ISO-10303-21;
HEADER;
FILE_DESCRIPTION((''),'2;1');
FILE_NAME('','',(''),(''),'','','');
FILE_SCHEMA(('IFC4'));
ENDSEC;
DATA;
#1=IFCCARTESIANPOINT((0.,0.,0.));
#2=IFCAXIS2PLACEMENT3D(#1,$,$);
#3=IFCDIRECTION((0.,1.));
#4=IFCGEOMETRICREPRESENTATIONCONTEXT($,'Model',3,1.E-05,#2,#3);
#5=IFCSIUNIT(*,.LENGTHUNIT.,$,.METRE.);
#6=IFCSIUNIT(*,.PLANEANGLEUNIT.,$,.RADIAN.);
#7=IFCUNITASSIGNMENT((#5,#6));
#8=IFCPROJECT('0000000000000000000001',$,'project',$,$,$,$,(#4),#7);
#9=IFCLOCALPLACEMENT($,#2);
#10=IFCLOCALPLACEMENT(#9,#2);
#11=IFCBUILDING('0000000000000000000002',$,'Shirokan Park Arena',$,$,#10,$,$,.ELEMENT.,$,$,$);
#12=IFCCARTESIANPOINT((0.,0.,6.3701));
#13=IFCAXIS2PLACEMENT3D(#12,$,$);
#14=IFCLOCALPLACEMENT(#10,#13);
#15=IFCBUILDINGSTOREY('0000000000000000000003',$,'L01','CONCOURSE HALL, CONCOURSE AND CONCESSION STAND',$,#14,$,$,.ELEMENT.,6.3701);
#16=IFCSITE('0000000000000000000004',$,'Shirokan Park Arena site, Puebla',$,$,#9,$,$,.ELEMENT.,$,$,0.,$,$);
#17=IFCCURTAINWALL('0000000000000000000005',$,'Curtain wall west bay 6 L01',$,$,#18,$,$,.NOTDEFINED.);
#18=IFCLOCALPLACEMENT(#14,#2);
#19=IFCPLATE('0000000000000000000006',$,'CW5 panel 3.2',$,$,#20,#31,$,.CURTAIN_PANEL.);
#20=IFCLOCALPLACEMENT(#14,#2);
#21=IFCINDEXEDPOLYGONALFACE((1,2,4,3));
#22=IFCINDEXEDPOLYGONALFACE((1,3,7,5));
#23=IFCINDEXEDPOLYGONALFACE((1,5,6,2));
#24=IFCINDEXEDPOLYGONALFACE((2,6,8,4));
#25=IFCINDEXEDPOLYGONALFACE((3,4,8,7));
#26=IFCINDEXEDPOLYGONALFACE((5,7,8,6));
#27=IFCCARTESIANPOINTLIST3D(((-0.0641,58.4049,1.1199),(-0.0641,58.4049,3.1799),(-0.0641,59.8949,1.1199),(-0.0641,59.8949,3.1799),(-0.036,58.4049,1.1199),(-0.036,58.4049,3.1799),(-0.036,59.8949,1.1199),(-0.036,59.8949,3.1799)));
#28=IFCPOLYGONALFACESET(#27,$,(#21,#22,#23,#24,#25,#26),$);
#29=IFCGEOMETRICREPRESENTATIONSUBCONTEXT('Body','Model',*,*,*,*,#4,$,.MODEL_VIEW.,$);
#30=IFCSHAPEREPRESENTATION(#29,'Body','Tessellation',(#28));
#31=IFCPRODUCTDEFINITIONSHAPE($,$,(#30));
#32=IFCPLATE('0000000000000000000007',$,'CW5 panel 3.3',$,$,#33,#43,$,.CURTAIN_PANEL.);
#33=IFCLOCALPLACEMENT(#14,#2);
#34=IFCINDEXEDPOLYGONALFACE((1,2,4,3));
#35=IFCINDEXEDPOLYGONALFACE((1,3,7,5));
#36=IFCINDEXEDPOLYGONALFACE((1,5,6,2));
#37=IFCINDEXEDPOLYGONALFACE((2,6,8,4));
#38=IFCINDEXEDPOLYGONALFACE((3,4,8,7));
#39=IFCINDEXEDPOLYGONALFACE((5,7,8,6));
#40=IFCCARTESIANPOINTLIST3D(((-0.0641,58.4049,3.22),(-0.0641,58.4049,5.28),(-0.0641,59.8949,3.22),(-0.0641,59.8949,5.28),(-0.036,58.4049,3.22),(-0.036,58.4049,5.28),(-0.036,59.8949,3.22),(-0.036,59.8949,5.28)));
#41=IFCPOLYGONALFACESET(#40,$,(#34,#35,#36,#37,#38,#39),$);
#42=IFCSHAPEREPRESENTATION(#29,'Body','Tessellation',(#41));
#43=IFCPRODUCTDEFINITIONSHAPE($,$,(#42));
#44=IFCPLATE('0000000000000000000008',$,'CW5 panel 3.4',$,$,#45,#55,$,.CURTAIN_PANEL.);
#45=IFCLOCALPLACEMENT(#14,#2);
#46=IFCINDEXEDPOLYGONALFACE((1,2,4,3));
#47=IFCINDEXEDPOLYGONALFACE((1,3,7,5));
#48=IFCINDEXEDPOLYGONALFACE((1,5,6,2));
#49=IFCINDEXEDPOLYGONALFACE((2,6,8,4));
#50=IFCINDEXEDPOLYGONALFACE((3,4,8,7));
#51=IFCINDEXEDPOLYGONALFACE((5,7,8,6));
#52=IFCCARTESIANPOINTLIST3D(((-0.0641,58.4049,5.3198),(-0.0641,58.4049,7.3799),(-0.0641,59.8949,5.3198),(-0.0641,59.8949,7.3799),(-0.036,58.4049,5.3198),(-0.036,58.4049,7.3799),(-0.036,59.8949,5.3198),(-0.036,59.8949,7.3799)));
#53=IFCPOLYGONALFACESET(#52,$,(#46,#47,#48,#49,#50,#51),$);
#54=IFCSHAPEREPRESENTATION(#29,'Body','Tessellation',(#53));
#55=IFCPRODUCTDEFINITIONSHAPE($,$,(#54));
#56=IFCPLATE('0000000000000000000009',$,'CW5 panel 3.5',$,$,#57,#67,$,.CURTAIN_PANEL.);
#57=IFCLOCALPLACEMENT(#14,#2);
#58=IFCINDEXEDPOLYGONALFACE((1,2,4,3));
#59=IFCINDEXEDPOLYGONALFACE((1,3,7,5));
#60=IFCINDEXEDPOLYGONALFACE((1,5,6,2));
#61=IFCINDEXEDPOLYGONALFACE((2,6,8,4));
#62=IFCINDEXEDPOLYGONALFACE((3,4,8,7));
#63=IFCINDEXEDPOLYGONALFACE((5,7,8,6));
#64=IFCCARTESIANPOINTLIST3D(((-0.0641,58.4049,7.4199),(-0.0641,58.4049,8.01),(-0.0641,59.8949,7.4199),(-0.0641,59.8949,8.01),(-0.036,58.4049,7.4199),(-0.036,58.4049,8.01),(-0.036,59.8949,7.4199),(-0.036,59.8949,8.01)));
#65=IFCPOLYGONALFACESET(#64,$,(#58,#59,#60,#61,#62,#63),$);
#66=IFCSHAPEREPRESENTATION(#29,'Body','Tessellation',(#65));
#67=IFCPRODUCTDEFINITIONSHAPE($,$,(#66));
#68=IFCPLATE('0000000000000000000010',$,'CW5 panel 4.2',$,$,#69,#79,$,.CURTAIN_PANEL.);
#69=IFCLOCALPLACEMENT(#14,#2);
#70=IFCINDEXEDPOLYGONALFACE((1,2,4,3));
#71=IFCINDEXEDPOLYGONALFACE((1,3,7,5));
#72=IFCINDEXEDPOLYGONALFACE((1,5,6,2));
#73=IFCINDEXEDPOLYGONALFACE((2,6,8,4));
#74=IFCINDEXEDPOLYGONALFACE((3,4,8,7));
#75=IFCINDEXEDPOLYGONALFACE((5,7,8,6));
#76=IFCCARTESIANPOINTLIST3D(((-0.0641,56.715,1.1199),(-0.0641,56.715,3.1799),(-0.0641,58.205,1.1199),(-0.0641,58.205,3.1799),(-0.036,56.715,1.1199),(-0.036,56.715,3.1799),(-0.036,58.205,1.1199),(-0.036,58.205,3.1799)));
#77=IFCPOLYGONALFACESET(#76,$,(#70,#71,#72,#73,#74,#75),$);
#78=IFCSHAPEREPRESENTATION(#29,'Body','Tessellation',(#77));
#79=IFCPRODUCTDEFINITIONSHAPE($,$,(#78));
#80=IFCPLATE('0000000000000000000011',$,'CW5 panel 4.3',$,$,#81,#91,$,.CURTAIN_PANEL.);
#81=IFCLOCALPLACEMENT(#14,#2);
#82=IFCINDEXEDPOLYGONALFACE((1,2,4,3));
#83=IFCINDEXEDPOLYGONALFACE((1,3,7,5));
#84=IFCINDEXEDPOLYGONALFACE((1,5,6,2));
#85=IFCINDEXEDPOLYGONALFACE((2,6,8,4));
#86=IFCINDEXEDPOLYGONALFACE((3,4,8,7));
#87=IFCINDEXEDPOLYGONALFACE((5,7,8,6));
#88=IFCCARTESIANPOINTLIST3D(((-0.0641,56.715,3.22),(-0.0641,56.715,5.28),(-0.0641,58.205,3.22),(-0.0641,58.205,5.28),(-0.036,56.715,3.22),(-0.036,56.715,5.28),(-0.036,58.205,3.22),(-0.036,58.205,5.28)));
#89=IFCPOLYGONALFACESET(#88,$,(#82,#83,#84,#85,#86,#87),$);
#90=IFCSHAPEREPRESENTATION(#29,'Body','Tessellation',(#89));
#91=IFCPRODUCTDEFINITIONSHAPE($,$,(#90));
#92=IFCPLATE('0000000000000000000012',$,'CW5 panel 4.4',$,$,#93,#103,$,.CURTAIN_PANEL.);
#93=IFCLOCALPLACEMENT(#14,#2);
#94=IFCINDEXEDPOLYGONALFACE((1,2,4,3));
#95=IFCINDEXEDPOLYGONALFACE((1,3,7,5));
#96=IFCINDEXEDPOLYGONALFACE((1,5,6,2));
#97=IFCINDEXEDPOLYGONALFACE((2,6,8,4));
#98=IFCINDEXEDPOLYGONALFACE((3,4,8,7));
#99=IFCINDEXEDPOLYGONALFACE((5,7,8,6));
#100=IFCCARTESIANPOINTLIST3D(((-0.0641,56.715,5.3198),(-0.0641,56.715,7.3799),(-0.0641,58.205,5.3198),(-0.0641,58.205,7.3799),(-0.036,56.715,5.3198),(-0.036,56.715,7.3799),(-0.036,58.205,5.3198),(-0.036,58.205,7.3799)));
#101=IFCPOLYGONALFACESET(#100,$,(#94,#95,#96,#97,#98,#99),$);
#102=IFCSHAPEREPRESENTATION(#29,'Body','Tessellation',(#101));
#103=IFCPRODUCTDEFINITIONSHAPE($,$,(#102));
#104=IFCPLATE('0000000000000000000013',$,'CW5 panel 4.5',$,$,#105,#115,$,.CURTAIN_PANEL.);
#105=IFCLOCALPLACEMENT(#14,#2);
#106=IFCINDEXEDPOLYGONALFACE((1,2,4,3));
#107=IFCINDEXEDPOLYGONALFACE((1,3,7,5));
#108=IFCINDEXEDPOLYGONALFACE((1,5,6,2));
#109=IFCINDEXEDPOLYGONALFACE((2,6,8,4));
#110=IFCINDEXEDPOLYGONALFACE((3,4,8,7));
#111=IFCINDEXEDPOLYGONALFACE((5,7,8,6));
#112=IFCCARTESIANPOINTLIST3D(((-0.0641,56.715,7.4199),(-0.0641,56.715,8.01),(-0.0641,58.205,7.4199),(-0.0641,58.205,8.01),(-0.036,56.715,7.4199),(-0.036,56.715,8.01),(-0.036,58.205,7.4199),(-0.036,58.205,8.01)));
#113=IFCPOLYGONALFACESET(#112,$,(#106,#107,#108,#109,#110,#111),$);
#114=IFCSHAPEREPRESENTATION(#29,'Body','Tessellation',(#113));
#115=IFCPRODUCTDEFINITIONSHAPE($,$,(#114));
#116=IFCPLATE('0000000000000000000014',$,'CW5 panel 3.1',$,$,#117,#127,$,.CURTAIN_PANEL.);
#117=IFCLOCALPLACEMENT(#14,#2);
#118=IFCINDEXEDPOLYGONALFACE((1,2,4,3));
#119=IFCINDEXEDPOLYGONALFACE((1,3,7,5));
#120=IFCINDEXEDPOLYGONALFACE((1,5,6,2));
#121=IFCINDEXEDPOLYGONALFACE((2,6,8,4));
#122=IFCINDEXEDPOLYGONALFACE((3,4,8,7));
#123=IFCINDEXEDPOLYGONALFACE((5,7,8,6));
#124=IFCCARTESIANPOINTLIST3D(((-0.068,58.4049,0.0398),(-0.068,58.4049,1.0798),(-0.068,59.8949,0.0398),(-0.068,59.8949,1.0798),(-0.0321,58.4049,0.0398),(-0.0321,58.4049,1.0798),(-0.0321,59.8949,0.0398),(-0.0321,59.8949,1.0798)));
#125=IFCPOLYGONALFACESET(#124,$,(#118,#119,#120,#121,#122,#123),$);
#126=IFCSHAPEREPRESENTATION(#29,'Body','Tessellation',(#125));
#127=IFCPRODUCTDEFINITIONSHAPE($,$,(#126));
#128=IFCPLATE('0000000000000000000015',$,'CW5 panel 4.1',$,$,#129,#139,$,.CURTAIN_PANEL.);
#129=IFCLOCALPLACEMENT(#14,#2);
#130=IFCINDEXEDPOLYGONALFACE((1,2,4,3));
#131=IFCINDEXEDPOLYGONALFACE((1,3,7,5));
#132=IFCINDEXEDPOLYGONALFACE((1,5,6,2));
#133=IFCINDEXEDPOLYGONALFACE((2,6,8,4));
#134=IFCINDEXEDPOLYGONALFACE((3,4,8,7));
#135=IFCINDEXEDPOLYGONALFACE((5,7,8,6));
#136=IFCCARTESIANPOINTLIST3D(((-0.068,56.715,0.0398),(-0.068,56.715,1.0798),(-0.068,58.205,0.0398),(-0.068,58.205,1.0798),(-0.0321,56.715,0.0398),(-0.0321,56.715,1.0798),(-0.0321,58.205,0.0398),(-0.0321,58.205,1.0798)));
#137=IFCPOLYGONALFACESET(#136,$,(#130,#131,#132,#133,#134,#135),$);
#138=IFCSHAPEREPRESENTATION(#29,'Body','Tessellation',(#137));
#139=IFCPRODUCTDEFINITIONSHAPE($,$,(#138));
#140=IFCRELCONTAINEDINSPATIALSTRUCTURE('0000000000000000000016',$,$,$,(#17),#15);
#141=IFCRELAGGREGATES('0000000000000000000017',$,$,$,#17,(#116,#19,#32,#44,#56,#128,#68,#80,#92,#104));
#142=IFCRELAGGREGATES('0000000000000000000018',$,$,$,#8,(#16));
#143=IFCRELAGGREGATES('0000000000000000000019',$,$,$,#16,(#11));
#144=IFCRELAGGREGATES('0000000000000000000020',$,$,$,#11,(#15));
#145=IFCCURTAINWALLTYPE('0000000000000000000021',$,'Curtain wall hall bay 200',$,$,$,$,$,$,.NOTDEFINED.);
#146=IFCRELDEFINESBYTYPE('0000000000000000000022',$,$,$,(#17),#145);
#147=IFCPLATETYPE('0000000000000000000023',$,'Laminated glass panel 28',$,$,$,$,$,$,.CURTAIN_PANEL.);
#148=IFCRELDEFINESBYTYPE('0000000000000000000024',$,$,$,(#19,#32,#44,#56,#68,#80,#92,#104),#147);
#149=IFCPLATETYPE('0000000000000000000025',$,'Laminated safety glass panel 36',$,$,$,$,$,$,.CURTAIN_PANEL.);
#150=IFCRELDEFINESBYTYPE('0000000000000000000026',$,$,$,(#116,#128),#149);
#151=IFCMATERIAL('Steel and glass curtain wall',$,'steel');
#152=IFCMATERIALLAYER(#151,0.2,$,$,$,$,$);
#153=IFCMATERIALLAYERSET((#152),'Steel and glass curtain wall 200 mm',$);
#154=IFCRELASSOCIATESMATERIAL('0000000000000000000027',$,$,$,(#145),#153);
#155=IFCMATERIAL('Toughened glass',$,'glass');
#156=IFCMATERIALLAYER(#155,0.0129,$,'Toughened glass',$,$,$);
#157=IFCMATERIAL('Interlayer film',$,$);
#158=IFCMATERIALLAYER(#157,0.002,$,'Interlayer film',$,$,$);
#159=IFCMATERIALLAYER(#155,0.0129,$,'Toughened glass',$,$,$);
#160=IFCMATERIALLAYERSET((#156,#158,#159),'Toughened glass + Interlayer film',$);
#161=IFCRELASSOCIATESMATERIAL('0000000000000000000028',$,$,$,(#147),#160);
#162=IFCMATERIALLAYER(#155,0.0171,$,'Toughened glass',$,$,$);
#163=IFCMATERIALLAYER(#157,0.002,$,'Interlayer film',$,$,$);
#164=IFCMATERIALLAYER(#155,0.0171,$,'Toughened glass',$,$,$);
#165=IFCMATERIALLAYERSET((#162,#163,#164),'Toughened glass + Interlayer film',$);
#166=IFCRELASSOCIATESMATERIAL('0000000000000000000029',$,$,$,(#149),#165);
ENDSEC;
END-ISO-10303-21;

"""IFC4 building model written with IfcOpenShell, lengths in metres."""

from ifc_helpers import new_model, si_unit, direction, frame, origin, origin_2d, place, context, subcontext, project, spatial, rectangle, extrude, material, layer, layer_set, type_object, element, aggregate, save


model = new_model("IFC4")

# Units and contexts
model_context = context("Model", 3, precision=1e-05, world=origin(), true_north=direction((0.0, 1.0)))
body_context = subcontext(model_context, "Body", "Model", "MODEL_VIEW")
ifc_project = project(units=[si_unit("LENGTHUNIT", "METRE"), si_unit("PLANEANGLEUNIT", "RADIAN")], contexts=[model_context])

# Site, building, storey
site_placement = place(None, origin())
site = spatial("IfcSite", under=ifc_project, at=site_placement, Name="Shirokan Park Arena site, Puebla", CompositionType="ELEMENT", RefElevation=0.0)
building_placement = place(site_placement, origin())
building = spatial("IfcBuilding", under=site, at=building_placement, Name="Shirokan Park Arena", CompositionType="ELEMENT")
storey_placement = place(building_placement, frame((0.0, 0.0, 6.3701)))
storey = spatial("IfcBuildingStorey", under=building, at=storey_placement, Name="L01", Description="CONCOURSE HALL, CONCOURSE AND CONCESSION STAND", CompositionType="ELEMENT", Elevation=6.3701)

# Curtain wall, plates
ifc_material_1 = material(Name="Steel and glass curtain wall", Category="steel")
ifc_layer_1 = layer(ifc_material_1, 0.2)
ifc_layer_set_1 = layer_set([ifc_layer_1], Name="Steel and glass curtain wall 200 mm")
curtain_wall_type = type_object("IfcCurtainWallType", Name="Curtain wall hall bay 200", PredefinedType="NOTDEFINED", material=ifc_layer_set_1)
curtain_wall_placement = place(storey_placement, origin())
curtain_wall = element("IfcCurtainWall", 1, at=curtain_wall_placement, inside=storey, type_object=curtain_wall_type, Name="Curtain wall west bay 6 L01", PredefinedType="NOTDEFINED")
ifc_material_2 = material(Name="Toughened glass", Category="glass")
ifc_layer_2 = layer(ifc_material_2, 0.0129, Name="Toughened glass")
ifc_material_3 = material(Name="Interlayer film")
ifc_layer_3 = layer(ifc_material_3, 0.002, Name="Interlayer film")
ifc_layer_4 = layer(ifc_material_2, 0.0129, Name="Toughened glass")
ifc_layer_set_2 = layer_set([ifc_layer_2, ifc_layer_3, ifc_layer_4], Name="Toughened glass + Interlayer film")
plate_type_1 = type_object("IfcPlateType", Name="Laminated glass panel 28", PredefinedType="CURTAIN_PANEL", material=ifc_layer_set_2)
plate_1_placement = place(storey_placement, frame((-0.05, 59.1499, 1.1199), z_axis=(0.0, 0.0, 1.0), x_axis=(0.0, -1.0, 0.0)))
plate_1 = element("IfcPlate", 2, at=plate_1_placement, type_object=plate_type_1, Name="CW5 panel 3.2", PredefinedType="CURTAIN_PANEL", context=body_context, shape_type="SweptSolid", body=[
    extrude(rectangle(XDim=1.49, YDim=0.0281, at=origin_2d()), origin(), (0.0, 0.0, 1.0), 2.0601),
])
plate_2_placement = place(storey_placement, frame((-0.05, 59.1499, 3.22), z_axis=(0.0, 0.0, 1.0), x_axis=(0.0, -1.0, 0.0)))
plate_2 = element("IfcPlate", 3, at=plate_2_placement, type_object=plate_type_1, Name="CW5 panel 3.3", PredefinedType="CURTAIN_PANEL", context=body_context, shape_type="SweptSolid", body=[
    extrude(rectangle(XDim=1.49, YDim=0.0281, at=origin_2d()), origin(), (0.0, 0.0, 1.0), 2.0601),
])
plate_3_placement = place(storey_placement, frame((-0.05, 59.1499, 5.3198), z_axis=(0.0, 0.0, 1.0), x_axis=(0.0, -1.0, 0.0)))
plate_3 = element("IfcPlate", 4, at=plate_3_placement, type_object=plate_type_1, Name="CW5 panel 3.4", PredefinedType="CURTAIN_PANEL", context=body_context, shape_type="SweptSolid", body=[
    extrude(rectangle(XDim=1.49, YDim=0.0281, at=origin_2d()), origin(), (0.0, 0.0, 1.0), 2.0601),
])
plate_4_placement = place(storey_placement, frame((-0.05, 59.1499, 7.4199), z_axis=(0.0, 0.0, 1.0), x_axis=(0.0, -1.0, 0.0)))
plate_4 = element("IfcPlate", 5, at=plate_4_placement, type_object=plate_type_1, Name="CW5 panel 3.5", PredefinedType="CURTAIN_PANEL", context=body_context, shape_type="SweptSolid", body=[
    extrude(rectangle(XDim=1.49, YDim=0.0281, at=origin_2d()), origin(), (0.0, 0.0, 1.0), 0.5901),
])
plate_5_placement = place(storey_placement, frame((-0.05, 57.46, 1.1199), z_axis=(0.0, 0.0, 1.0), x_axis=(0.0, -1.0, 0.0)))
plate_5 = element("IfcPlate", 6, at=plate_5_placement, type_object=plate_type_1, Name="CW5 panel 4.2", PredefinedType="CURTAIN_PANEL", context=body_context, shape_type="SweptSolid", body=[
    extrude(rectangle(XDim=1.49, YDim=0.0281, at=origin_2d()), origin(), (0.0, 0.0, 1.0), 2.0601),
])
plate_6_placement = place(storey_placement, frame((-0.05, 57.46, 3.22), z_axis=(0.0, 0.0, 1.0), x_axis=(0.0, -1.0, 0.0)))
plate_6 = element("IfcPlate", 7, at=plate_6_placement, type_object=plate_type_1, Name="CW5 panel 4.3", PredefinedType="CURTAIN_PANEL", context=body_context, shape_type="SweptSolid", body=[
    extrude(rectangle(XDim=1.49, YDim=0.0281, at=origin_2d()), origin(), (0.0, 0.0, 1.0), 2.0601),
])
plate_7_placement = place(storey_placement, frame((-0.05, 57.46, 5.3198), z_axis=(0.0, 0.0, 1.0), x_axis=(0.0, -1.0, 0.0)))
plate_7 = element("IfcPlate", 8, at=plate_7_placement, type_object=plate_type_1, Name="CW5 panel 4.4", PredefinedType="CURTAIN_PANEL", context=body_context, shape_type="SweptSolid", body=[
    extrude(rectangle(XDim=1.49, YDim=0.0281, at=origin_2d()), origin(), (0.0, 0.0, 1.0), 2.0601),
])
plate_8_placement = place(storey_placement, frame((-0.05, 57.46, 7.4199), z_axis=(0.0, 0.0, 1.0), x_axis=(0.0, -1.0, 0.0)))
plate_8 = element("IfcPlate", 9, at=plate_8_placement, type_object=plate_type_1, Name="CW5 panel 4.5", PredefinedType="CURTAIN_PANEL", context=body_context, shape_type="SweptSolid", body=[
    extrude(rectangle(XDim=1.49, YDim=0.0281, at=origin_2d()), origin(), (0.0, 0.0, 1.0), 0.5901),
])
ifc_layer_5 = layer(ifc_material_2, 0.0171, Name="Toughened glass")
ifc_layer_6 = layer(ifc_material_3, 0.002, Name="Interlayer film")
ifc_layer_7 = layer(ifc_material_2, 0.0171, Name="Toughened glass")
ifc_layer_set_3 = layer_set([ifc_layer_5, ifc_layer_6, ifc_layer_7], Name="Toughened glass + Interlayer film")
plate_type_2 = type_object("IfcPlateType", Name="Laminated safety glass panel 36", PredefinedType="CURTAIN_PANEL", material=ifc_layer_set_3)
plate_9_placement = place(storey_placement, frame((-0.05, 59.1499, 0.0398), z_axis=(0.0, 0.0, 1.0), x_axis=(0.0, -1.0, 0.0)))
plate_9 = element("IfcPlate", 10, at=plate_9_placement, type_object=plate_type_2, Name="CW5 panel 3.1", PredefinedType="CURTAIN_PANEL", context=body_context, shape_type="SweptSolid", body=[
    extrude(rectangle(XDim=1.49, YDim=0.0359, at=origin_2d()), origin(), (0.0, 0.0, 1.0), 1.04),
])
plate_10_placement = place(storey_placement, frame((-0.05, 57.46, 0.0398), z_axis=(0.0, 0.0, 1.0), x_axis=(0.0, -1.0, 0.0)))
plate_10 = element("IfcPlate", 11, at=plate_10_placement, type_object=plate_type_2, Name="CW5 panel 4.1", PredefinedType="CURTAIN_PANEL", context=body_context, shape_type="SweptSolid", body=[
    extrude(rectangle(XDim=1.49, YDim=0.0359, at=origin_2d()), origin(), (0.0, 0.0, 1.0), 1.04),
])
aggregate(curtain_wall, [plate_9, plate_1, plate_2, plate_3, plate_4, plate_10, plate_5, plate_6, plate_7, plate_8])

save(model, "model.ifc")
